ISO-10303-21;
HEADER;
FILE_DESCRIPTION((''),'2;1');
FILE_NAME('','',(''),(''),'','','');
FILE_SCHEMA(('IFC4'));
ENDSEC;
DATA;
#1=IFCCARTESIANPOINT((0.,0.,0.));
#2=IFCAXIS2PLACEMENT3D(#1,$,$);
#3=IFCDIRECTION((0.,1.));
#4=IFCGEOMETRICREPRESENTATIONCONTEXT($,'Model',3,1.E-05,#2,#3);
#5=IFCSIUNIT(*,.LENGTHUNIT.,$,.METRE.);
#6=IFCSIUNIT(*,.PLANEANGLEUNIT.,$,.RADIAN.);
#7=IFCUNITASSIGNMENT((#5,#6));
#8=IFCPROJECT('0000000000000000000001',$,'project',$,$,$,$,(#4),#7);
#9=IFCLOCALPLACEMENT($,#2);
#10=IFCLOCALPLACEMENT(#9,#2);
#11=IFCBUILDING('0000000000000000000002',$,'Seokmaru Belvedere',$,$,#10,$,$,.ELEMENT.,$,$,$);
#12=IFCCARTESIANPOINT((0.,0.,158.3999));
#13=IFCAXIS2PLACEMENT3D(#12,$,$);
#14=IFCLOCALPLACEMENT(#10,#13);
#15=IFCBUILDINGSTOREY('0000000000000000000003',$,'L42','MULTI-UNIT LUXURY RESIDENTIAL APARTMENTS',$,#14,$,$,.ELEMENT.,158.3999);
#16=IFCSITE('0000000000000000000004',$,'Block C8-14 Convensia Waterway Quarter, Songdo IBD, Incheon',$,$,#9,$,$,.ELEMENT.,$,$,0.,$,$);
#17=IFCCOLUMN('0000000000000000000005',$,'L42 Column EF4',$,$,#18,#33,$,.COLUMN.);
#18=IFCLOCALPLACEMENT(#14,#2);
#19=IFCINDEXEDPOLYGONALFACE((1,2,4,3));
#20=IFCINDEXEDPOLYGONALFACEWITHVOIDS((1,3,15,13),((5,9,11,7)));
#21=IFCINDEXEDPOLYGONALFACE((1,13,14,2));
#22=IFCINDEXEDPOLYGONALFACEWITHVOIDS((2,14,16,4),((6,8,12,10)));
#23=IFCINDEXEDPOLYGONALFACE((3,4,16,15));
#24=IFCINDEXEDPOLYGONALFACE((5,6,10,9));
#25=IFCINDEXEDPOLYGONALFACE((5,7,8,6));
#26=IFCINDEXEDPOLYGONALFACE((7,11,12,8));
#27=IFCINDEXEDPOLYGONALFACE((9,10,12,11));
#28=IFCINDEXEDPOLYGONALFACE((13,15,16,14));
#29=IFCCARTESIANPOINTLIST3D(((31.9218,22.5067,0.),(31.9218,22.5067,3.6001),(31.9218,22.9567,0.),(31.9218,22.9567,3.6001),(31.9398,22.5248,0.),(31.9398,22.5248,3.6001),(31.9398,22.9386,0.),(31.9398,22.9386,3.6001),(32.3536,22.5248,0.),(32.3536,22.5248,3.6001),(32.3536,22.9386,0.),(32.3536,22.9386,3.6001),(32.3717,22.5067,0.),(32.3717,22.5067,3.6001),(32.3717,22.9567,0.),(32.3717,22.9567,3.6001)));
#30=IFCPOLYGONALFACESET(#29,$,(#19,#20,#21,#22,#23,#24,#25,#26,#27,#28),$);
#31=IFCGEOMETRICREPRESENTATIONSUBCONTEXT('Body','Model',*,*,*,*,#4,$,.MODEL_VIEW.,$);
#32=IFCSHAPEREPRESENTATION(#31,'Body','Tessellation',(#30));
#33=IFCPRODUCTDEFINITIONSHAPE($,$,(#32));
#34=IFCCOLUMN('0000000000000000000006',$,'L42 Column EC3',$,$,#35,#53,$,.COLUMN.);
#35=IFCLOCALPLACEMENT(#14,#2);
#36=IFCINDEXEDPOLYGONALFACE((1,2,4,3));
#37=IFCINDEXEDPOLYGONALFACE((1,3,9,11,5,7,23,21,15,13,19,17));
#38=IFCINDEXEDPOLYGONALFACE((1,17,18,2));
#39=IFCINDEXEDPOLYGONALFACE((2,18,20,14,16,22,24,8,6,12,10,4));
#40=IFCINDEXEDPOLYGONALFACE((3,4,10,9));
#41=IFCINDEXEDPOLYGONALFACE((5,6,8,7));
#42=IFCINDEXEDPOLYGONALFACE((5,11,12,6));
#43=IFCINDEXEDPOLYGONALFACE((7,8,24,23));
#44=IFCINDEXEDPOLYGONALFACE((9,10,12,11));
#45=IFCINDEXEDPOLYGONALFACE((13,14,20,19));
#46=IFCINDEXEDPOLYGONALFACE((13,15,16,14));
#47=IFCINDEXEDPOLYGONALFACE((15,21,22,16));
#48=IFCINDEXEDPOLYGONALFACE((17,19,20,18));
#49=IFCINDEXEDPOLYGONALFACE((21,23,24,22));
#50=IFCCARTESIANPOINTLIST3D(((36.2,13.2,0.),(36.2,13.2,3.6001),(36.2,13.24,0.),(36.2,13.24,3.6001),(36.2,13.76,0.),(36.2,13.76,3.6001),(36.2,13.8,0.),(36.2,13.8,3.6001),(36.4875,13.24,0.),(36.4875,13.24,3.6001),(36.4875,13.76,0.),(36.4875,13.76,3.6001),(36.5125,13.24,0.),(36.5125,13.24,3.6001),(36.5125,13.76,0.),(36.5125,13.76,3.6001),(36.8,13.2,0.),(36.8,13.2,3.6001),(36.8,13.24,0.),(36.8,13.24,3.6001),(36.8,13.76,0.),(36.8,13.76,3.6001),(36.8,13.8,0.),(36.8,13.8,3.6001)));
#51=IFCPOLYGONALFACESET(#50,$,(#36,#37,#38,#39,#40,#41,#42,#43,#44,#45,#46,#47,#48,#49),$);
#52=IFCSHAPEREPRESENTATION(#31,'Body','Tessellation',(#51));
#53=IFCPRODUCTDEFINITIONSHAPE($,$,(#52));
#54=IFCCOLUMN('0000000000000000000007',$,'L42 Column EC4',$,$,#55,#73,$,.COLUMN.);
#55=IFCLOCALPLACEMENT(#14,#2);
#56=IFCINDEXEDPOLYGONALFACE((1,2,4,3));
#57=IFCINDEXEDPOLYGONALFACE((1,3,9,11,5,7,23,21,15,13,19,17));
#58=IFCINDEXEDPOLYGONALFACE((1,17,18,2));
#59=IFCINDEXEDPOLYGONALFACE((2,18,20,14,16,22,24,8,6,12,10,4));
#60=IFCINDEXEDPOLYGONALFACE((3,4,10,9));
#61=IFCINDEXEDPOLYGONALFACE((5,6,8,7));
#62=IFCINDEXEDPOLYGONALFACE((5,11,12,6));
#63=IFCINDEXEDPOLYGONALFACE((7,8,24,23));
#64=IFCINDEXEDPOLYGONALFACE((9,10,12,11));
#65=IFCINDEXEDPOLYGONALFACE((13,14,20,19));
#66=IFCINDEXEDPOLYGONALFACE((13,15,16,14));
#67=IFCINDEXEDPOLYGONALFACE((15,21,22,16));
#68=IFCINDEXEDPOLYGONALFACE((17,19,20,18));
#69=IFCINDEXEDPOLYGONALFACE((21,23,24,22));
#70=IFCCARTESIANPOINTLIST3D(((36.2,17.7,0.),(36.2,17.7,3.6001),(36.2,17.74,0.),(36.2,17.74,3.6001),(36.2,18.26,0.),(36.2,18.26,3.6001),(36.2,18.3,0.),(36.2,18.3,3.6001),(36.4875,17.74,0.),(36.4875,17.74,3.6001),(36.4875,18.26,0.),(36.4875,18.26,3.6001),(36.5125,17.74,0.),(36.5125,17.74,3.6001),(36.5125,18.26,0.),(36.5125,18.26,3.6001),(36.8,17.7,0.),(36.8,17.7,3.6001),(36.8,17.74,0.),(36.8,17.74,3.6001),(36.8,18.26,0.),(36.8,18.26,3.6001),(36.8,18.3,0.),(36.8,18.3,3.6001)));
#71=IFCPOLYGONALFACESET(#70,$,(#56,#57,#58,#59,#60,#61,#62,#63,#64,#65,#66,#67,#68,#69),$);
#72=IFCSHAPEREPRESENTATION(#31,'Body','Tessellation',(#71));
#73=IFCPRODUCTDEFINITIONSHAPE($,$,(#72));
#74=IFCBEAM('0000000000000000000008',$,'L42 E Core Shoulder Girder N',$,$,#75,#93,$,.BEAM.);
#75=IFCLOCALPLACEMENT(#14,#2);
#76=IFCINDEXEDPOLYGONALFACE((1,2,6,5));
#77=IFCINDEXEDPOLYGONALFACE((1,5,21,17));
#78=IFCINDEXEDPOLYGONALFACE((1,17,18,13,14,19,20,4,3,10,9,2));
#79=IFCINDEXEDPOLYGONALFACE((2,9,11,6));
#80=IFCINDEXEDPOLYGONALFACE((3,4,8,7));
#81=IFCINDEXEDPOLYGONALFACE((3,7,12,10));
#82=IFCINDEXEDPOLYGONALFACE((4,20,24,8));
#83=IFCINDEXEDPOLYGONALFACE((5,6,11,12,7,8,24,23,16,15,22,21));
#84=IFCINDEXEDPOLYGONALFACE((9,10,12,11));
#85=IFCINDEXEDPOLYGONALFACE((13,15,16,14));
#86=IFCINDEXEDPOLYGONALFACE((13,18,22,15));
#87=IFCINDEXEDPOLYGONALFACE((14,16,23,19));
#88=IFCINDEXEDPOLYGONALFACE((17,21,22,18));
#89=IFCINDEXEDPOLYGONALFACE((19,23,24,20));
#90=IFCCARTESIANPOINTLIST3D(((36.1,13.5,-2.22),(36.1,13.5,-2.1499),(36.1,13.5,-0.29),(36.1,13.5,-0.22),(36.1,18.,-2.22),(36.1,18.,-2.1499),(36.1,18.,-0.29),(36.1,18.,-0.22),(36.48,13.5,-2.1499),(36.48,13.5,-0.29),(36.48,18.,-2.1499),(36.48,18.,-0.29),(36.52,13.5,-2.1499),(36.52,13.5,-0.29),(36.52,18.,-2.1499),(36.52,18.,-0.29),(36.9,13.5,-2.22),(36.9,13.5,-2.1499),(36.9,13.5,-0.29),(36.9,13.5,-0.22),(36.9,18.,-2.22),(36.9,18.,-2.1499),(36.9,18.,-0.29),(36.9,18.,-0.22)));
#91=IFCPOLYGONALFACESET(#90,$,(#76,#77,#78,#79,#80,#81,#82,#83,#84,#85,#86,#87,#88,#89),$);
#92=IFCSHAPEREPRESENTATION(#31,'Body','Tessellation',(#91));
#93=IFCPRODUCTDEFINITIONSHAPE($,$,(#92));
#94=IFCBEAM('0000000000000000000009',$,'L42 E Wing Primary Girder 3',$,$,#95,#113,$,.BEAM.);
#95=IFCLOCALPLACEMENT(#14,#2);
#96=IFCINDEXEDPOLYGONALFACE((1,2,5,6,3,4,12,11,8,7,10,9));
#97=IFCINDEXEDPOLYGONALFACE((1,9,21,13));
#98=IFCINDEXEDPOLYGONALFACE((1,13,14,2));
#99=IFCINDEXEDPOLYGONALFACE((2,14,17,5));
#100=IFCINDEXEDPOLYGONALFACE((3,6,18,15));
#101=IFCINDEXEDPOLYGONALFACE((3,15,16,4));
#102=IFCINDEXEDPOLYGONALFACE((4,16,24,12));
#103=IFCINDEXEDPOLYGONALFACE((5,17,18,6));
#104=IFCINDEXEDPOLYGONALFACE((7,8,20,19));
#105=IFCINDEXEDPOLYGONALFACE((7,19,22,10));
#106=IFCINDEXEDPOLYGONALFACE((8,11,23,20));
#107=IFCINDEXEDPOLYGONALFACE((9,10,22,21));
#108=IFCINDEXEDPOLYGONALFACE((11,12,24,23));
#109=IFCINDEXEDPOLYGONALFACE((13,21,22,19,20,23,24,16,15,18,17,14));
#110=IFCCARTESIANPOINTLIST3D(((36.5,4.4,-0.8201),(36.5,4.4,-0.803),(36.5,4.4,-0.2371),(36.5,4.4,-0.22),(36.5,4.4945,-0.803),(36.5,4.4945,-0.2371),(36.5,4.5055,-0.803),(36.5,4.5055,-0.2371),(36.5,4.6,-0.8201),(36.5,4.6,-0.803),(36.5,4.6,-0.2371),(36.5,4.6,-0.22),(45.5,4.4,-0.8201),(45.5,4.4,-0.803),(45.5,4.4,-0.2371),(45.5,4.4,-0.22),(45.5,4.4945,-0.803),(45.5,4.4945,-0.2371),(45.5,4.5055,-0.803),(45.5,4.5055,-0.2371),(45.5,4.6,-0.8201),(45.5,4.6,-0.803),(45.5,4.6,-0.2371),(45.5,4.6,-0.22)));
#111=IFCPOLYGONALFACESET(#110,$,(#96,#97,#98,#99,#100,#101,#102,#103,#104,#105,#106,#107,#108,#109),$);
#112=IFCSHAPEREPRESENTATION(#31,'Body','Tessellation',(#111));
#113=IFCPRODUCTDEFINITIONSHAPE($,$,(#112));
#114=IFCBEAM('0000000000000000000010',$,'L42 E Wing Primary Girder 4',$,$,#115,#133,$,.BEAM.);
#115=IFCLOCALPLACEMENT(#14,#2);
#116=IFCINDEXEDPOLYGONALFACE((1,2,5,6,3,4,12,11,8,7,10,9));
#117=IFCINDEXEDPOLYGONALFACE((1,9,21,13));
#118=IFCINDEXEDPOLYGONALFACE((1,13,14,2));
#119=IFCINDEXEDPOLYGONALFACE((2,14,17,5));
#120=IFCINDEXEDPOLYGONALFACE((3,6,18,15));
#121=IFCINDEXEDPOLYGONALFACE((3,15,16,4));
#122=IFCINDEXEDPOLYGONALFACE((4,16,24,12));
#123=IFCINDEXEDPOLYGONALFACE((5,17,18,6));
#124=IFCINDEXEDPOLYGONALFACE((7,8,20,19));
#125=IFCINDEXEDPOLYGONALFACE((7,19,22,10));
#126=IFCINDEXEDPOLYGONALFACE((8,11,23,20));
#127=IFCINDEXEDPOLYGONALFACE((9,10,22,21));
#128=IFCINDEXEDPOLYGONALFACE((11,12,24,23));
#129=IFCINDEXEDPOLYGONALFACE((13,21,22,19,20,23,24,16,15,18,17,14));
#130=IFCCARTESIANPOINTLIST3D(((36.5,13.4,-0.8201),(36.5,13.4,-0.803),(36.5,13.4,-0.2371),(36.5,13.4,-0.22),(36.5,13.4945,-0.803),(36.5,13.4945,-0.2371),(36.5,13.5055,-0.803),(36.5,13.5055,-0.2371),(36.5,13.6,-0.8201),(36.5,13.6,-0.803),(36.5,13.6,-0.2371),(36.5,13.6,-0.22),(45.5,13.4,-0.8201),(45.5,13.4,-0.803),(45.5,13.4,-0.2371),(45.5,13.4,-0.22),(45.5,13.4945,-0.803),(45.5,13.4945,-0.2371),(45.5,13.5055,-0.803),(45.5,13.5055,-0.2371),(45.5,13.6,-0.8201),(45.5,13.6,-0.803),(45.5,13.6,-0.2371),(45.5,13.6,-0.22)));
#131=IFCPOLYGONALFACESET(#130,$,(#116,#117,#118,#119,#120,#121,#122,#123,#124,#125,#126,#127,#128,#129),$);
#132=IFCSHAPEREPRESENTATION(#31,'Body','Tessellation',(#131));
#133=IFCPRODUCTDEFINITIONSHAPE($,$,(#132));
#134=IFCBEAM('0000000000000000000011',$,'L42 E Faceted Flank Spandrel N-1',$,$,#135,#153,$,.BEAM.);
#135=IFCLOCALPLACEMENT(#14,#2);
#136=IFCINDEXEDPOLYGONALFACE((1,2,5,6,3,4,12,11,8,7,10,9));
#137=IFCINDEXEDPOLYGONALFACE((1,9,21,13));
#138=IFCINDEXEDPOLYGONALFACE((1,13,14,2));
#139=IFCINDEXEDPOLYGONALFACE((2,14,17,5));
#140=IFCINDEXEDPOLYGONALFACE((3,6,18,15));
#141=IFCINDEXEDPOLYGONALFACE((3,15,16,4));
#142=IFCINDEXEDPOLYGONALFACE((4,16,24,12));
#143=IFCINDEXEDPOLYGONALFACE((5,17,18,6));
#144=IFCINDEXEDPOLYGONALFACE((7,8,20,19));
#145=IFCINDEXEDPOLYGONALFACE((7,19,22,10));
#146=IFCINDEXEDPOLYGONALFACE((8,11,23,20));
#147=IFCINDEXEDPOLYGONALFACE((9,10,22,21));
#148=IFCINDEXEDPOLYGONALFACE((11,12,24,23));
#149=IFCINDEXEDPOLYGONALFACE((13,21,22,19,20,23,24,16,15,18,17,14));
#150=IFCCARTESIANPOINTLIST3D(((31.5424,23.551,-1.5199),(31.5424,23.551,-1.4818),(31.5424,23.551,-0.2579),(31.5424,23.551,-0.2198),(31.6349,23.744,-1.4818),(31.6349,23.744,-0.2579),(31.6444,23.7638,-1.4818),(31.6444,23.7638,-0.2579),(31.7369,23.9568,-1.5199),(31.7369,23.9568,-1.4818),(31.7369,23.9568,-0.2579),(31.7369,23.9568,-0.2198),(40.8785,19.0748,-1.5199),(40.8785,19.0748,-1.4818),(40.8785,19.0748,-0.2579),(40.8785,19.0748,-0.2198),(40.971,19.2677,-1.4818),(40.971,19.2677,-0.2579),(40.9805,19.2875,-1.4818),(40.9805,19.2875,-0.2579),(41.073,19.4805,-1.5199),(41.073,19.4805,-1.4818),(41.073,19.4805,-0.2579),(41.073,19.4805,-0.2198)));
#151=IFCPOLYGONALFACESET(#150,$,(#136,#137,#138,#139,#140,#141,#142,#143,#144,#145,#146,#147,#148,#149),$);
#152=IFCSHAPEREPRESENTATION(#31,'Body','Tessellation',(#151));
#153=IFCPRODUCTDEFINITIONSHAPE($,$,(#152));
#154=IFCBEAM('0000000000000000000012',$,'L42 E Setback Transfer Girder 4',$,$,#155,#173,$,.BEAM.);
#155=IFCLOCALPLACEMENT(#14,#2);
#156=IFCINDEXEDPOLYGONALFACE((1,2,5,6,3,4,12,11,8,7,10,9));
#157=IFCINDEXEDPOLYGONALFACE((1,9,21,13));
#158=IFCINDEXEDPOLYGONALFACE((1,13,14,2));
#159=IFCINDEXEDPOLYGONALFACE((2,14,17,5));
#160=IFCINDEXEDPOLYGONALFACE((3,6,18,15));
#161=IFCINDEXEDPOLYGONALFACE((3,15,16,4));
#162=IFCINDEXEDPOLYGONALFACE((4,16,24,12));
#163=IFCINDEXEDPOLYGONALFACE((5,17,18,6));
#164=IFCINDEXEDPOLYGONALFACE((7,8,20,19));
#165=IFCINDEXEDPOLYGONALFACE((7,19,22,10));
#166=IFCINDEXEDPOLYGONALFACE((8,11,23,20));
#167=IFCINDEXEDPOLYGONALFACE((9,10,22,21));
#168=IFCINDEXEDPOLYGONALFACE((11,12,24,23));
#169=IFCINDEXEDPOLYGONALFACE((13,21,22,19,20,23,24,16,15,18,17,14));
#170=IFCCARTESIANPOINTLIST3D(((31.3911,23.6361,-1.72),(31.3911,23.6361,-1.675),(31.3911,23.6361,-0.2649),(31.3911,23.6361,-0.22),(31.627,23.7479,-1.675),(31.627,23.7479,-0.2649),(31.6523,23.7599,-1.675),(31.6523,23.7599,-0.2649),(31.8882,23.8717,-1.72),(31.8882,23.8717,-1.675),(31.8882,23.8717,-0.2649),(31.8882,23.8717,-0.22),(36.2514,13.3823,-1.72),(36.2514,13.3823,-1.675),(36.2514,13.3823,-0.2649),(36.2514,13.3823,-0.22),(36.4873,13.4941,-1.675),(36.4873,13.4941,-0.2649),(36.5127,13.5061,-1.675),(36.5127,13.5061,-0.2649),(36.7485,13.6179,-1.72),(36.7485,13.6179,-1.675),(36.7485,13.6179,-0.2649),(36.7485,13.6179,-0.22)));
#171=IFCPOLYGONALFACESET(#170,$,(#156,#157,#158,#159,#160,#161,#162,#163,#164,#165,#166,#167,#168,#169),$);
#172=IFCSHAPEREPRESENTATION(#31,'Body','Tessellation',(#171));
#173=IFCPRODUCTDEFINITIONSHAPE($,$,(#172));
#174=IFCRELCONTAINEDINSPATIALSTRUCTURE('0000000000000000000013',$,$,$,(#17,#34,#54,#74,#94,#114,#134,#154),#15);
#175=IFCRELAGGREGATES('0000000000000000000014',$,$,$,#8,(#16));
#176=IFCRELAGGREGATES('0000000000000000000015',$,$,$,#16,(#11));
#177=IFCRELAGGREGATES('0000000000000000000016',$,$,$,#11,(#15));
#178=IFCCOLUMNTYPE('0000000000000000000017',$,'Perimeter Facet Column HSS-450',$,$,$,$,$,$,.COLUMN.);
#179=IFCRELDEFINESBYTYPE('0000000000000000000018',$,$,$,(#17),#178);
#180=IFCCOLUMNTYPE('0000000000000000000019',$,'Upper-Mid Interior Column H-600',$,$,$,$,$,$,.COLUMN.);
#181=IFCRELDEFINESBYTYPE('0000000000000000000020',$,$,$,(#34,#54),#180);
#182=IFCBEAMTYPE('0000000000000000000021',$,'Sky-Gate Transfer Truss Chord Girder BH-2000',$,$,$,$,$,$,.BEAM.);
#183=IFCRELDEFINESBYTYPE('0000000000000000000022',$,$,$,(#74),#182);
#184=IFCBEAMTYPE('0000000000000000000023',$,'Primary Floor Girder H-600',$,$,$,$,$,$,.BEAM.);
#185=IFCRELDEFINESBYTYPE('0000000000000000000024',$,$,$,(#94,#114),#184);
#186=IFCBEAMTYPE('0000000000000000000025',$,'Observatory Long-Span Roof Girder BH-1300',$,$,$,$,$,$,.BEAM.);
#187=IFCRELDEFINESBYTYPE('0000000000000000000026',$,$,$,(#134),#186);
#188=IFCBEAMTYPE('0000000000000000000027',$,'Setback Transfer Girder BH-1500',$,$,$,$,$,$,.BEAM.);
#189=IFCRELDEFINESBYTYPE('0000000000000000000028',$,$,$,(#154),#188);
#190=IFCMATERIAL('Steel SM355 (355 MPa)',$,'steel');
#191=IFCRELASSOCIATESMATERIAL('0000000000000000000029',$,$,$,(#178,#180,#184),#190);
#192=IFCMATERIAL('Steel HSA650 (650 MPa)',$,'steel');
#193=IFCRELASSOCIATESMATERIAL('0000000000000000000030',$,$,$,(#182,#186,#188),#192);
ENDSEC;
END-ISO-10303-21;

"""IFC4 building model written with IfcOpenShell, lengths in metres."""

from ifc_helpers import new_model, si_unit, direction, frame, origin, origin_2d, place, context, subcontext, project, spatial, hollow_rectangle, i_section, extrude, source, transform, mapped, material, material_profile, profile_set, type_object, type_shapes, element, save


model = new_model("IFC4")

# Units and contexts
model_context = context("Model", 3, precision=1e-05, world=origin(), true_north=direction((0.0, 1.0)))
body_context = subcontext(model_context, "Body", "Model", "MODEL_VIEW")
ifc_project = project(units=[si_unit("LENGTHUNIT", "METRE"), si_unit("PLANEANGLEUNIT", "RADIAN")], contexts=[model_context])

# Site, building, storey
site_placement = place(None, origin())
site = spatial("IfcSite", under=ifc_project, at=site_placement, Name="Block C8-14 Convensia Waterway Quarter, Songdo IBD, Incheon", CompositionType="ELEMENT", RefElevation=0.0)
building_placement = place(site_placement, origin())
building = spatial("IfcBuilding", under=site, at=building_placement, Name="Seokmaru Belvedere", CompositionType="ELEMENT")
storey_placement = place(building_placement, frame((0.0, 0.0, 158.3999)))
storey = spatial("IfcBuildingStorey", under=building, at=storey_placement, Name="L42", Description="MULTI-UNIT LUXURY RESIDENTIAL APARTMENTS", CompositionType="ELEMENT", Elevation=158.3999)

# Columns
ifc_material_1 = material(Name="Steel SM355 (355 MPa)", Category="steel")
ifc_material_profile_1 = material_profile(ifc_material_1, hollow_rectangle(XDim=0.45, YDim=0.45, WallThickness=0.0181, at=origin_2d()), Name="HSS-450x450x18")
ifc_profile_set_1 = profile_set([ifc_material_profile_1], Name="Steel SM355 (355 MPa)")
column_type_1 = type_object("IfcColumnType", Name="Perimeter Facet Column HSS-450", PredefinedType="COLUMN", material=ifc_profile_set_1)
shared_shape_1 = source(origin(), body_context, "Body", "SweptSolid", [
    extrude(hollow_rectangle(XDim=0.45, YDim=0.45, WallThickness=0.0181, at=origin_2d()), origin(), (0.0, 0.0, 1.0), 3.6001),
])
type_shapes(column_type_1, [shared_shape_1])
column_placement = place(storey_placement, frame((32.1467, 22.7317, 0.0), z_axis=(0.0, 0.0, 1.0), x_axis=(1.0, 0.0, 0.0)))
element("IfcColumn", 1, at=column_placement, inside=storey, type_object=column_type_1, Name="L42 Column EF4", PredefinedType="COLUMN", context=body_context, shape_type="MappedRepresentation", body=[
    mapped(shared_shape_1, transform((0.0, 0.0, 0.0), scale=1.0)),
])
ifc_material_profile_2 = material_profile(ifc_material_1, i_section(OverallWidth=0.6001, OverallDepth=0.6001, WebThickness=0.0249, FlangeThickness=0.04, at=origin_2d()), Name="H-600x600x25x40")
ifc_profile_set_2 = profile_set([ifc_material_profile_2], Name="Steel SM355 (355 MPa)")
column_type_2 = type_object("IfcColumnType", Name="Upper-Mid Interior Column H-600", PredefinedType="COLUMN", material=ifc_profile_set_2)
shared_shape_2 = source(origin(), body_context, "Body", "SweptSolid", [
    extrude(i_section(OverallWidth=0.6001, OverallDepth=0.6001, WebThickness=0.0249, FlangeThickness=0.04, at=origin_2d()), origin(), (0.0, 0.0, 1.0), 3.6001),
])
type_shapes(column_type_2, [shared_shape_2])
for number, where, z_axis, x_axis, name in (
    (2, (36.5, 13.5, 0.0), (0.0, 0.0, 1.0), (1.0, 0.0, 0.0), "L42 Column EC3"),
    (3, (36.5, 18.0, 0.0), (0.0, 0.0, 1.0), (1.0, 0.0, 0.0), "L42 Column EC4"),
):
    element("IfcColumn", number, at=place(storey_placement, frame(where, z_axis=z_axis, x_axis=x_axis)), inside=storey, type_object=column_type_2, Name=name, PredefinedType="COLUMN", context=body_context, shape_type="MappedRepresentation", body=[
        mapped(shared_shape_2, transform((0.0, 0.0, 0.0), scale=1.0)),
    ])

# Beams
ifc_material_2 = material(Name="Steel HSA650 (650 MPa)", Category="steel")
ifc_material_profile_3 = material_profile(ifc_material_2, i_section(OverallWidth=0.8, OverallDepth=2.0, WebThickness=0.04, FlangeThickness=0.0701, at=origin_2d()), Name="BH-2000x800x40x70")
ifc_profile_set_3 = profile_set([ifc_material_profile_3], Name="Steel HSA650 (650 MPa)")
beam_type_1 = type_object("IfcBeamType", Name="Sky-Gate Transfer Truss Chord Girder BH-2000", PredefinedType="BEAM", material=ifc_profile_set_3)
shared_shape_3 = source(origin(), body_context, "Body", "SweptSolid", [
    extrude(i_section(OverallWidth=0.8, OverallDepth=2.0, WebThickness=0.04, FlangeThickness=0.0701, at=origin_2d()), origin(), (0.0, 0.0, 1.0), 4.5),
])
type_shapes(beam_type_1, [shared_shape_3])
beam_1_placement = place(storey_placement, frame((36.5, 13.5, -1.22), z_axis=(0.0, 1.0, 0.0), x_axis=(-1.0, 0.0, 0.0)))
element("IfcBeam", 4, at=beam_1_placement, inside=storey, type_object=beam_type_1, Name="L42 E Core Shoulder Girder N", PredefinedType="BEAM", context=body_context, shape_type="MappedRepresentation", body=[
    mapped(shared_shape_3, transform((0.0, 0.0, 0.0), scale=1.0)),
])
ifc_material_profile_4 = material_profile(ifc_material_1, i_section(OverallWidth=0.2, OverallDepth=0.6001, WebThickness=0.011, FlangeThickness=0.0171, at=origin_2d()), Name="H-600x200x11x17")
ifc_profile_set_4 = profile_set([ifc_material_profile_4], Name="Steel SM355 (355 MPa)")
beam_type_2 = type_object("IfcBeamType", Name="Primary Floor Girder H-600", PredefinedType="BEAM", material=ifc_profile_set_4)
shared_shape_4 = source(origin(), body_context, "Body", "SweptSolid", [
    extrude(i_section(OverallWidth=0.2, OverallDepth=0.6001, WebThickness=0.011, FlangeThickness=0.0171, at=origin_2d()), origin(), (0.0, 0.0, 1.0), 9.0),
])
type_shapes(beam_type_2, [shared_shape_4])
for number, where, z_axis, x_axis, name in (
    (5, (36.5, 4.5, -0.52), (1.0, 0.0, 0.0), (0.0, 1.0, 0.0), "L42 E Wing Primary Girder 3"),
    (6, (36.5, 13.5, -0.52), (1.0, 0.0, 0.0), (0.0, 1.0, 0.0), "L42 E Wing Primary Girder 4"),
):
    element("IfcBeam", number, at=place(storey_placement, frame(where, z_axis=z_axis, x_axis=x_axis)), inside=storey, type_object=beam_type_2, Name=name, PredefinedType="BEAM", context=body_context, shape_type="MappedRepresentation", body=[
        mapped(shared_shape_4, transform((0.0, 0.0, 0.0), scale=1.0)),
    ])
ifc_material_profile_5 = material_profile(ifc_material_2, i_section(OverallWidth=0.45, OverallDepth=1.3, WebThickness=0.022, FlangeThickness=0.0381, at=origin_2d()), Name="BH-1300x450x22x38")
ifc_profile_set_5 = profile_set([ifc_material_profile_5], Name="Steel HSA650 (650 MPa)")
beam_type_3 = type_object("IfcBeamType", Name="Observatory Long-Span Roof Girder BH-1300", PredefinedType="BEAM", material=ifc_profile_set_5)
shared_shape_5 = source(origin(), body_context, "Body", "SweptSolid", [
    extrude(i_section(OverallWidth=0.45, OverallDepth=1.3, WebThickness=0.022, FlangeThickness=0.0381, at=origin_2d()), origin(), (0.0, 0.0, 1.0), 10.3538),
])
beam_2_placement = place(storey_placement, frame((31.6396, 23.7539, -0.8699), z_axis=(0.901713, -0.432335, 0.0), x_axis=(0.432335, 0.901713, 0.0)))
element("IfcBeam", 7, at=beam_2_placement, inside=storey, type_object=beam_type_3, Name="L42 E Faceted Flank Spandrel N-1", PredefinedType="BEAM", context=body_context, shape_type="MappedRepresentation", body=[
    mapped(shared_shape_5, transform((0.0, 0.0, 0.0), scale=1.0)),
])
ifc_material_profile_6 = material_profile(ifc_material_2, i_section(OverallWidth=0.55, OverallDepth=1.5, WebThickness=0.0281, FlangeThickness=0.0449, at=origin_2d()), Name="BH-1500x550x28x45")
ifc_profile_set_6 = profile_set([ifc_material_profile_6], Name="Steel HSA650 (650 MPa)")
beam_type_4 = type_object("IfcBeamType", Name="Setback Transfer Girder BH-1500", PredefinedType="BEAM", material=ifc_profile_set_6)
shared_shape_6 = source(origin(), body_context, "Body", "SweptSolid", [
    extrude(i_section(OverallWidth=0.55, OverallDepth=1.5, WebThickness=0.0281, FlangeThickness=0.0449, at=origin_2d()), origin(), (0.0, 0.0, 1.0), 11.3474),
])
type_shapes(beam_type_4, [shared_shape_6])
beam_3_placement = place(storey_placement, frame((31.6396, 23.7539, -0.97), z_axis=(0.428319, -0.903627, 0.0), x_axis=(0.903627, 0.428319, 0.0)))
element("IfcBeam", 8, at=beam_3_placement, inside=storey, type_object=beam_type_4, Name="L42 E Setback Transfer Girder 4", PredefinedType="BEAM", context=body_context, shape_type="MappedRepresentation", body=[
    mapped(shared_shape_6, transform((0.0, 0.0, 0.0), scale=1.0)),
])

save(model, "model.ifc")
